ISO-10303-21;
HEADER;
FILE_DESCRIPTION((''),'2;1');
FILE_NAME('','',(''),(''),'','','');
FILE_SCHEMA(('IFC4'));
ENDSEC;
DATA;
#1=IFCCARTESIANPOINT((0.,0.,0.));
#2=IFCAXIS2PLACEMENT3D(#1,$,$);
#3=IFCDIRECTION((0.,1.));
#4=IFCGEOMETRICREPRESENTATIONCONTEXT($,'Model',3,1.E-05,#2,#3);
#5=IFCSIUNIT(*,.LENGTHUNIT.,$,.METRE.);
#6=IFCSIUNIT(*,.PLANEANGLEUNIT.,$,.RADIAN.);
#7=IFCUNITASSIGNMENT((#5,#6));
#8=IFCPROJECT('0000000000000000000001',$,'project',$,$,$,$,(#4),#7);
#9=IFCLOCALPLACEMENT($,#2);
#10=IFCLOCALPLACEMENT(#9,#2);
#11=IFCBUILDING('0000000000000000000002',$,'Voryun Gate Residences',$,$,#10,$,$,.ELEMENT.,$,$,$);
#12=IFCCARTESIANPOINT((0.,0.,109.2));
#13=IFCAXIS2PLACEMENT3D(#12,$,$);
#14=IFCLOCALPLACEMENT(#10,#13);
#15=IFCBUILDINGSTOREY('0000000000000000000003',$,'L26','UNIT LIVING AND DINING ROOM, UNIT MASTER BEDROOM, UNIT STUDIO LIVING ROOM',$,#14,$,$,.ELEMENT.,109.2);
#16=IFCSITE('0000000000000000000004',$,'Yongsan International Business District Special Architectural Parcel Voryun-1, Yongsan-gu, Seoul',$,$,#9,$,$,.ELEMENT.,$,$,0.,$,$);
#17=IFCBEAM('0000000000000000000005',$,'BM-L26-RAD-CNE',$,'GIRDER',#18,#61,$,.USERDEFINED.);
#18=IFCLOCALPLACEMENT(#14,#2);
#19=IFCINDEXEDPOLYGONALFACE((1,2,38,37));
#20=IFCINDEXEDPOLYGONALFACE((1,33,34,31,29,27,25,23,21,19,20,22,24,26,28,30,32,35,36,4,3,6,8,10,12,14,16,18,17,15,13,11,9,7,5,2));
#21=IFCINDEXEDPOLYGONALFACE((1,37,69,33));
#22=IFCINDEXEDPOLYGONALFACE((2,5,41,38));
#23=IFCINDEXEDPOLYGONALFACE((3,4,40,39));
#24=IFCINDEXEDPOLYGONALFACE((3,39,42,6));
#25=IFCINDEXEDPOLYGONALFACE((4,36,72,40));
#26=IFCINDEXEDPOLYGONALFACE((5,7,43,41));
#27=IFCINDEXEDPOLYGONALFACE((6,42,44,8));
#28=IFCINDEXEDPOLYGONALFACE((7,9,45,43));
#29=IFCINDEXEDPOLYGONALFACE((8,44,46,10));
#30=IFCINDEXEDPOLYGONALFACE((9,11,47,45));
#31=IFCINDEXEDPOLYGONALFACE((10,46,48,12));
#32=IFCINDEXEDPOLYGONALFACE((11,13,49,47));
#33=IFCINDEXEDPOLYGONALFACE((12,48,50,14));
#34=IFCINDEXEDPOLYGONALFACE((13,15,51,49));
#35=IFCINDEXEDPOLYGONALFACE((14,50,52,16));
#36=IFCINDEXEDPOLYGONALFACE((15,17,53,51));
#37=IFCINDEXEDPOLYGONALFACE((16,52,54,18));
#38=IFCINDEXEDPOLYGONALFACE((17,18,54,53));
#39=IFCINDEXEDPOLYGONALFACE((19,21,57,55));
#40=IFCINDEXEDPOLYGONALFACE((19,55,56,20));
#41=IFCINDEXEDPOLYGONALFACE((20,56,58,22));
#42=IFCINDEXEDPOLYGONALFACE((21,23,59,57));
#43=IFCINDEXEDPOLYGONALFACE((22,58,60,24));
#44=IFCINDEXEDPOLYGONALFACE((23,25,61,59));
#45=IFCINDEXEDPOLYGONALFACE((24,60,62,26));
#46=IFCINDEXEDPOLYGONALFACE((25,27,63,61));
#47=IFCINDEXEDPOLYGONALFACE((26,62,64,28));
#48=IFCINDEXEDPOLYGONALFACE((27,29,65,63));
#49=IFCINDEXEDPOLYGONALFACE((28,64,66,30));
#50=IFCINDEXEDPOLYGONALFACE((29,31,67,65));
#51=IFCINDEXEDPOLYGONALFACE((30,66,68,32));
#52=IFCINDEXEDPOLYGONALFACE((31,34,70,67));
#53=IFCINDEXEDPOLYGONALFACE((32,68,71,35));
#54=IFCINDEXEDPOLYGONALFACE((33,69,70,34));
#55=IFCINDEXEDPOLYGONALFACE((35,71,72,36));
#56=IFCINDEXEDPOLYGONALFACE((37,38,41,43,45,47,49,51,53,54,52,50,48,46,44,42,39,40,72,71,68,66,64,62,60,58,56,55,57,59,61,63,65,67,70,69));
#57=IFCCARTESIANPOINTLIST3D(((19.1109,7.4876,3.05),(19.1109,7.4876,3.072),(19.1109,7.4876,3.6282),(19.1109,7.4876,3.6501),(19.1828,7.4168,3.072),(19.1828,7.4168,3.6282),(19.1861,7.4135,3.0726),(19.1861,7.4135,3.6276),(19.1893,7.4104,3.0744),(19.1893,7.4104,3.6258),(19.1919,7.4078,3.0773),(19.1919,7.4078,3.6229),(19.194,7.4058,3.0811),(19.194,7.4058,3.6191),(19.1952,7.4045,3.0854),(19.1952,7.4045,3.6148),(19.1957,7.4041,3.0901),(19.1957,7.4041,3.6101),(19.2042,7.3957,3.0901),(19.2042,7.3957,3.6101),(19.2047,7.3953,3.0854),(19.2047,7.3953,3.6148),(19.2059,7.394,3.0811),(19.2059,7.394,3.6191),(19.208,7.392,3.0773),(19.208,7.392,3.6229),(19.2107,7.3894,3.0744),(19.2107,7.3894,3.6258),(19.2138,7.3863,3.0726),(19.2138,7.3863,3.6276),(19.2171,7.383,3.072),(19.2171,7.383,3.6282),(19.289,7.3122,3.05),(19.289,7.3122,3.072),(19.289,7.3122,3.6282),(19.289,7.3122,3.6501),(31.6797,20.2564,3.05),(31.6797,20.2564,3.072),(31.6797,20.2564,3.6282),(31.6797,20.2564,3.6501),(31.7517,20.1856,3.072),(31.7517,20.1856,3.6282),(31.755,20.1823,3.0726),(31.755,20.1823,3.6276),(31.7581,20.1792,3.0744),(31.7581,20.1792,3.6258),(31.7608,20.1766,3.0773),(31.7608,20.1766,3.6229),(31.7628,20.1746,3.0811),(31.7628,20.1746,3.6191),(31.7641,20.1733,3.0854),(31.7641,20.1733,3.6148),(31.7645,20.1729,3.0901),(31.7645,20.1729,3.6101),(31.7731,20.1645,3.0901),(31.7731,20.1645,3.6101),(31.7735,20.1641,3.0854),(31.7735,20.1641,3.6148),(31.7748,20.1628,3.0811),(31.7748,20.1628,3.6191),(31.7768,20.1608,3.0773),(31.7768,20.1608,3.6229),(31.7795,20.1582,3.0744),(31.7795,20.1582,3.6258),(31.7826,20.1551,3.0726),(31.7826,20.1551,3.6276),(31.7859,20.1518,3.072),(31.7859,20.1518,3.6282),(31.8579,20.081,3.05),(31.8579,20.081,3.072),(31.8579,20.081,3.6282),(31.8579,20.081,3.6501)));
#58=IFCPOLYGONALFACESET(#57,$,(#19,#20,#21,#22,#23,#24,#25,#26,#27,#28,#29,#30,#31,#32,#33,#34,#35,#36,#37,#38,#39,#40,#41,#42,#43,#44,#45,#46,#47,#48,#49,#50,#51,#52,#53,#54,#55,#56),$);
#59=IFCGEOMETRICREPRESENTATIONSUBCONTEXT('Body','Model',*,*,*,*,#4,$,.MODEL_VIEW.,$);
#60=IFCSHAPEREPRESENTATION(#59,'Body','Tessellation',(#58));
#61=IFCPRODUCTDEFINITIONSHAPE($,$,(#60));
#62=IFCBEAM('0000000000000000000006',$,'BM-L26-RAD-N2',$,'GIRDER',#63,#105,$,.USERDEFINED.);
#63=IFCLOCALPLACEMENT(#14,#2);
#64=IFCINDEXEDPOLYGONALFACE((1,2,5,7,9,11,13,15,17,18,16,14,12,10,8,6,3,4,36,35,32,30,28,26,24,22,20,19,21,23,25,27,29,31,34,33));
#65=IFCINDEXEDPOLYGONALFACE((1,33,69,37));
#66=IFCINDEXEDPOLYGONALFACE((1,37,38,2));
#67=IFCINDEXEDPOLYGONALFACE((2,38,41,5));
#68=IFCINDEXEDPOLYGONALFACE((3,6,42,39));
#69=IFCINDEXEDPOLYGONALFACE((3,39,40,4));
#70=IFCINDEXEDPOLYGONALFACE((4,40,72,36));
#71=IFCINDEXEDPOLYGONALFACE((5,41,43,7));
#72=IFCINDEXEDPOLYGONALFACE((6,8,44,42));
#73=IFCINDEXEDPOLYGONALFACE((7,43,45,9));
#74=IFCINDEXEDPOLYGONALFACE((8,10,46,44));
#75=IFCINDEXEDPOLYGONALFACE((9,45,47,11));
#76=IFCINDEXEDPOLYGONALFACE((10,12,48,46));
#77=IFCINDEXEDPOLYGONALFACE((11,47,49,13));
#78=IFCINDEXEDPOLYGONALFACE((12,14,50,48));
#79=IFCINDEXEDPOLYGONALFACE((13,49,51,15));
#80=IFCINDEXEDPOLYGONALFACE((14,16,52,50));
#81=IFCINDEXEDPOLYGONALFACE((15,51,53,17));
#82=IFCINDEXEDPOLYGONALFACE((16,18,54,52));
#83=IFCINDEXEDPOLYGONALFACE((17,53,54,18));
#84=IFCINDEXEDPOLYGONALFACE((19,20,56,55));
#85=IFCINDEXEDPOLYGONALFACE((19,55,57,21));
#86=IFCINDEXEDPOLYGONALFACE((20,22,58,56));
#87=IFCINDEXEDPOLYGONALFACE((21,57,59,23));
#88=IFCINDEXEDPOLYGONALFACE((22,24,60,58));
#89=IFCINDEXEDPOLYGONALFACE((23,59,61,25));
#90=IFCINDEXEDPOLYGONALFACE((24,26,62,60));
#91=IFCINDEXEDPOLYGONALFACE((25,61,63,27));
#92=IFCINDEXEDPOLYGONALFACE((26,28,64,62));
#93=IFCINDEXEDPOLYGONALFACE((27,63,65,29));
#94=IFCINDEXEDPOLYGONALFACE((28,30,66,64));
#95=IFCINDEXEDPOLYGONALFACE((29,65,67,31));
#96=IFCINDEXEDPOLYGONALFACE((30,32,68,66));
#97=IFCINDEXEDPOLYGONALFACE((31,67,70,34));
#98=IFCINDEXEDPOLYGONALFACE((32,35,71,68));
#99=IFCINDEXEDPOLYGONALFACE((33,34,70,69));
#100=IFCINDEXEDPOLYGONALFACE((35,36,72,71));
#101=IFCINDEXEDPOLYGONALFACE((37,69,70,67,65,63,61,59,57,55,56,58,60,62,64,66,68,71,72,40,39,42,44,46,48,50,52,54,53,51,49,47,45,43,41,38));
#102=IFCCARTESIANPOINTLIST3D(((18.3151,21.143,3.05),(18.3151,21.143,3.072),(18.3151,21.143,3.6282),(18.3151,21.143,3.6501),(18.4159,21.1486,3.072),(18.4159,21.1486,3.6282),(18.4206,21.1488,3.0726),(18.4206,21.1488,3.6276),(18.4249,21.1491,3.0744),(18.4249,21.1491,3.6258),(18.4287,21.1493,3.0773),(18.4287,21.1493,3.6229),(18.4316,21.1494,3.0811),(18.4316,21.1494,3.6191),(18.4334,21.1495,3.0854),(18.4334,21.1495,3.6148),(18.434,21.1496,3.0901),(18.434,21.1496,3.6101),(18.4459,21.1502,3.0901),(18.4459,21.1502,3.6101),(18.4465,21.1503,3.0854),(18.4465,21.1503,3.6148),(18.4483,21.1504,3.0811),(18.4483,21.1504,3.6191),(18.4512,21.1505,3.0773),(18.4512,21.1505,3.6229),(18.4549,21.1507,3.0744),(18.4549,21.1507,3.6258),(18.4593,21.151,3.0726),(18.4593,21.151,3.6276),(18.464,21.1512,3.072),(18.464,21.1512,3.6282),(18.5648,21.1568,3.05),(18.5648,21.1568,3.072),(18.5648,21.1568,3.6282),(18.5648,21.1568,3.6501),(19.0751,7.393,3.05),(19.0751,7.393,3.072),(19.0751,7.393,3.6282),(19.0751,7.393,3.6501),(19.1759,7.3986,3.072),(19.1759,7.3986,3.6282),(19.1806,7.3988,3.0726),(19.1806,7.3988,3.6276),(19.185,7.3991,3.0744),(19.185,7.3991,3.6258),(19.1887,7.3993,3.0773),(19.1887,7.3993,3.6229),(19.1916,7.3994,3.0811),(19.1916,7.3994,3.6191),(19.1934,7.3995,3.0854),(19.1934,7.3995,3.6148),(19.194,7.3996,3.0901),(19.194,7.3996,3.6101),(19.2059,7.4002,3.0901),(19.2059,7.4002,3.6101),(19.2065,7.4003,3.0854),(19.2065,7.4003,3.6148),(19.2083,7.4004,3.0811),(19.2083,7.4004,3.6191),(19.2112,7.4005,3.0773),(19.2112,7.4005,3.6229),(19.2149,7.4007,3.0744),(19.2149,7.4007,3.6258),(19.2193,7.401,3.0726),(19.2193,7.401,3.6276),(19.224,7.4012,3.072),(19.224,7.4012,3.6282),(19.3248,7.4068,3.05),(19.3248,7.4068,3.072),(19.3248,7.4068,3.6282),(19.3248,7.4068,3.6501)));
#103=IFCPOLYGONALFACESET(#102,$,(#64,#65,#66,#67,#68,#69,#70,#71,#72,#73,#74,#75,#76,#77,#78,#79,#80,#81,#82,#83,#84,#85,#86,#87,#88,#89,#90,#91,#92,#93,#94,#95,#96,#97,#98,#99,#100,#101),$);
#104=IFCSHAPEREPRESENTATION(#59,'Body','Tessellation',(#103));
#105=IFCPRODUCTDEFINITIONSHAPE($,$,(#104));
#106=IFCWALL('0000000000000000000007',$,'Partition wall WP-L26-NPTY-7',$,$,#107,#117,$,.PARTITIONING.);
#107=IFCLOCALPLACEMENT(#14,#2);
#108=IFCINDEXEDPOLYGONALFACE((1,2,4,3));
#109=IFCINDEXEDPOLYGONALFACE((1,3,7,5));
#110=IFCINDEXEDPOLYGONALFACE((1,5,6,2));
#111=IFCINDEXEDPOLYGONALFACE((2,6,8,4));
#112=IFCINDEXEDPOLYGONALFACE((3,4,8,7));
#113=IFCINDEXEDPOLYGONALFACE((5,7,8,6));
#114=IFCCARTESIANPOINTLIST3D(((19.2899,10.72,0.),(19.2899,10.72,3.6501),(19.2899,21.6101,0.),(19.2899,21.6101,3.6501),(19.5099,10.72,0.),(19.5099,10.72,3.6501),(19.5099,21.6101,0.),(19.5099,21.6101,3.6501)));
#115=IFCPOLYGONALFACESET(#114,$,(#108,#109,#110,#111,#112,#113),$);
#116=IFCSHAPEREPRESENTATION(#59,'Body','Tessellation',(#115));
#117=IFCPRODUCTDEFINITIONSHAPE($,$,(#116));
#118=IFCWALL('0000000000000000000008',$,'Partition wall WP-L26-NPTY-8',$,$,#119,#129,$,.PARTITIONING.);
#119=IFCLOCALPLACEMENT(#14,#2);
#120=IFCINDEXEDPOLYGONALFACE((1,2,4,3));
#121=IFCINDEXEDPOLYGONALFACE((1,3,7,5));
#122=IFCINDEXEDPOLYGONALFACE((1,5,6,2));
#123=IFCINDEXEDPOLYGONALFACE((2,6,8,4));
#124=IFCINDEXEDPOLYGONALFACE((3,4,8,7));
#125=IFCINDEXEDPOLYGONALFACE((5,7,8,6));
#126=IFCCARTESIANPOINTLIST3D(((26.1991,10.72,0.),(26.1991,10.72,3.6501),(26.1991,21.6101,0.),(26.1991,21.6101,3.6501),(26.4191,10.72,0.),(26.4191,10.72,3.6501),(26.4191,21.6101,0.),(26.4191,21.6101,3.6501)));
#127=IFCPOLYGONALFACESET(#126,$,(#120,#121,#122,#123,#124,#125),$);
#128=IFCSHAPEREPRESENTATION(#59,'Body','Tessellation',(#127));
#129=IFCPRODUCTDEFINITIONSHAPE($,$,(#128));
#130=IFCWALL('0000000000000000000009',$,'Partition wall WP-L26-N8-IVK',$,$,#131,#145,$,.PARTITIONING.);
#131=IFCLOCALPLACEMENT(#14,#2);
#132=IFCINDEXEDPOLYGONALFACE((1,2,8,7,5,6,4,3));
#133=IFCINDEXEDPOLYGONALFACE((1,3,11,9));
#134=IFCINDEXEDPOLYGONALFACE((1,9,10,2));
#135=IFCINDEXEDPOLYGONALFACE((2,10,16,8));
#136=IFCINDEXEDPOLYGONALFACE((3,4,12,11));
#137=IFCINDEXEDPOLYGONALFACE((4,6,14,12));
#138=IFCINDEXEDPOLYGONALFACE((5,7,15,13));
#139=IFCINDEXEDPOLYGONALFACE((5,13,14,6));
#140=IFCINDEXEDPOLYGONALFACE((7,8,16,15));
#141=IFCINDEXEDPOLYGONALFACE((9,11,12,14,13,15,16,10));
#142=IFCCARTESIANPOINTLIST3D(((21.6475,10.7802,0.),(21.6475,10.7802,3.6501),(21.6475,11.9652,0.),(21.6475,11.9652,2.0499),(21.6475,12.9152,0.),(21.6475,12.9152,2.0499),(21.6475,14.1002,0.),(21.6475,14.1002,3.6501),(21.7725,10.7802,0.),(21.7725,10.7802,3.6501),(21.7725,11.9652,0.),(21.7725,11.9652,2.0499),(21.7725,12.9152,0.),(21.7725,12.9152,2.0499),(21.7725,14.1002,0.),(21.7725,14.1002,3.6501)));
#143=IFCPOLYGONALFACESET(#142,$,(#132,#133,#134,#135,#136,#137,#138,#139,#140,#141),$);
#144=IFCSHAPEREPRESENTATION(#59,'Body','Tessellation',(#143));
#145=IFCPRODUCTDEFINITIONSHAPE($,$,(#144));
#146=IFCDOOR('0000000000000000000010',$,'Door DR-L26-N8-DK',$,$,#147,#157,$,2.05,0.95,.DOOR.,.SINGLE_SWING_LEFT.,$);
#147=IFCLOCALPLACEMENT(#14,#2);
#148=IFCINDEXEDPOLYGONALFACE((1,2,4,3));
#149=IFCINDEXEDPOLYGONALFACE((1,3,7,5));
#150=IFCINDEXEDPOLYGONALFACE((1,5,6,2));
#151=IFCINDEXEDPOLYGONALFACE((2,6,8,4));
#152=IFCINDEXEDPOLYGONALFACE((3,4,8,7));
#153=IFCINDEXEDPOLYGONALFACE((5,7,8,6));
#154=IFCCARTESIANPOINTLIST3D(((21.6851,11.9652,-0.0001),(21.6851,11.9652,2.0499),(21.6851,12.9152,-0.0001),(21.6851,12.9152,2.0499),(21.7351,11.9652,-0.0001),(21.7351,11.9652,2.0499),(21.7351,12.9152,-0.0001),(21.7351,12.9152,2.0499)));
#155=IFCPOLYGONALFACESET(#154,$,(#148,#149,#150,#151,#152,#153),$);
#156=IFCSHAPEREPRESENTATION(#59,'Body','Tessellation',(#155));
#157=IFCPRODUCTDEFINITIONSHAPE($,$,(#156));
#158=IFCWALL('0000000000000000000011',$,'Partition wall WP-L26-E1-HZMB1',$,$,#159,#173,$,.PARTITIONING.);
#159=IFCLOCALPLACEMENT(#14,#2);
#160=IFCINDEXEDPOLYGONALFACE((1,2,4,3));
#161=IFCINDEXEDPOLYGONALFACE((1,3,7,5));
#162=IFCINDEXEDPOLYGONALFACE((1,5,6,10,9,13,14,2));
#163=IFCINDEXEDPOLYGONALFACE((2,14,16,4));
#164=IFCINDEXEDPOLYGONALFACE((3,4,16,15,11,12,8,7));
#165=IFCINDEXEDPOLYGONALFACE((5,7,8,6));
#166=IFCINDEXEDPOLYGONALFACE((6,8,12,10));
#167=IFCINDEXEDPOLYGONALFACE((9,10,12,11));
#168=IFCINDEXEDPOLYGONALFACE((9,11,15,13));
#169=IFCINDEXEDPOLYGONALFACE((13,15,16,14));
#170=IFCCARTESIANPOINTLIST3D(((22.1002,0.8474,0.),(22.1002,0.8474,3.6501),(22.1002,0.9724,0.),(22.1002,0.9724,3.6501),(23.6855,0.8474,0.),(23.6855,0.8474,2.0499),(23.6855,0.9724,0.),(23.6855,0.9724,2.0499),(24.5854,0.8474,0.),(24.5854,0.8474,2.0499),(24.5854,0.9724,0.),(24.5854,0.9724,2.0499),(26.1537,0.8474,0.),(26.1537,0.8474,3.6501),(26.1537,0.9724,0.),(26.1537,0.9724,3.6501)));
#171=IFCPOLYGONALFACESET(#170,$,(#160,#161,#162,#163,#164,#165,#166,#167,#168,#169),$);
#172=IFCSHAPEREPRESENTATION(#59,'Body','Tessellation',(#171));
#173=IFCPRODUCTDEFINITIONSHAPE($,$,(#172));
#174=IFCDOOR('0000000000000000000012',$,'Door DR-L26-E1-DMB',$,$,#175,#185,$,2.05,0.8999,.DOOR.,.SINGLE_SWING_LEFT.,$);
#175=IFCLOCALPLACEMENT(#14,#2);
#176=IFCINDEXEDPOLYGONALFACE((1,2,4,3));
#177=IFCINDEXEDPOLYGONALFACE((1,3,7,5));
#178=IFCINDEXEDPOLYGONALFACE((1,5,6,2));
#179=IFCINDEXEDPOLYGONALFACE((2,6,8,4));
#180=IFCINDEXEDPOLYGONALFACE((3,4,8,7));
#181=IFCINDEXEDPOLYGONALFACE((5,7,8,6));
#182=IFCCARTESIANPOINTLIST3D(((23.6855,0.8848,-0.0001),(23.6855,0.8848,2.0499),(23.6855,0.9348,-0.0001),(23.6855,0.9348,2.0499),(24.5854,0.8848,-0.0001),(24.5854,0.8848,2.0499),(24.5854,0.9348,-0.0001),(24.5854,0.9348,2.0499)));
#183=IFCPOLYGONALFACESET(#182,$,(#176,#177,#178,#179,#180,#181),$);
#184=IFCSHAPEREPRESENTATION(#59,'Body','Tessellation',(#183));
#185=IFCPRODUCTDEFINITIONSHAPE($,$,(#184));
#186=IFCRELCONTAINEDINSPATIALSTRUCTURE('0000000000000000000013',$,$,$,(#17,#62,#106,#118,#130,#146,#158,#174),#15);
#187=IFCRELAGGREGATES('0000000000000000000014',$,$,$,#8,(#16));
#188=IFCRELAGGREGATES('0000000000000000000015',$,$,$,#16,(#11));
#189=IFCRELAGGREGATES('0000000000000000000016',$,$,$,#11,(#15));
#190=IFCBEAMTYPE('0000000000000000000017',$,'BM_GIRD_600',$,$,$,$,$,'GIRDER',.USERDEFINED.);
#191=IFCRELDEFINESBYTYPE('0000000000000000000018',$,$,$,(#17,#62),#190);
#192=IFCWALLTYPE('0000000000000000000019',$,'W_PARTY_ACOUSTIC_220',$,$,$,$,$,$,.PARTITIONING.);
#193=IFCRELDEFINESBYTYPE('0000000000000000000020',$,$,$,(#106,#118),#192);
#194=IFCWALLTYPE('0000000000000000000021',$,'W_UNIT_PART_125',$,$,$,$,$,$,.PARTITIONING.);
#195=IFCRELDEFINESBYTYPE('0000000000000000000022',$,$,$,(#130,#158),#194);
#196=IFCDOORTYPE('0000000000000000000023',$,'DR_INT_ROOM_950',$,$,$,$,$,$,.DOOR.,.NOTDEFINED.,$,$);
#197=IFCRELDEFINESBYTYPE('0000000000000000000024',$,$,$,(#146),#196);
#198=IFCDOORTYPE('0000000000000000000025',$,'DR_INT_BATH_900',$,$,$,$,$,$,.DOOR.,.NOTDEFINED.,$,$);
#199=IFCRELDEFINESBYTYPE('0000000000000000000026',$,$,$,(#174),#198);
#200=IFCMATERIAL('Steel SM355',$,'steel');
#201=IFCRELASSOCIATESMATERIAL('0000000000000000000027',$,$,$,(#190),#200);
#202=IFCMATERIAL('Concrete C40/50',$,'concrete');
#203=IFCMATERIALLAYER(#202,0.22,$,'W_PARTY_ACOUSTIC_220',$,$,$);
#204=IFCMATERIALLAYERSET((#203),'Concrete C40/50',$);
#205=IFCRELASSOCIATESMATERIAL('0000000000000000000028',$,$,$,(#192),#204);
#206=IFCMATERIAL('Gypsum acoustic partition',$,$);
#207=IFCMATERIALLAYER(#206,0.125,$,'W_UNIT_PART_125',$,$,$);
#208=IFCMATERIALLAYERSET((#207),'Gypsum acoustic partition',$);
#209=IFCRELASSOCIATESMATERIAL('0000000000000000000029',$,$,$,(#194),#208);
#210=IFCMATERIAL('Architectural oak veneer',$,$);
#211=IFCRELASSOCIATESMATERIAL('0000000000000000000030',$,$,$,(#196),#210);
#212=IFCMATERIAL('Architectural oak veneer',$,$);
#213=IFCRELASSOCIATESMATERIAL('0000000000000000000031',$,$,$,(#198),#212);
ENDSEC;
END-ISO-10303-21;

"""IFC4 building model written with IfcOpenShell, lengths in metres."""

from ifc_helpers import new_model, si_unit, direction, frame, frame_2d, origin, origin_2d, place, context, subcontext, project, spatial, rectangle, i_section, extrude, material, layer, layer_set, material_profile, profile_set, type_object, element, fill, save


model = new_model("IFC4")

# Units and contexts
model_context = context("Model", 3, precision=1e-05, world=origin(), true_north=direction((0.0, 1.0)))
body_context = subcontext(model_context, "Body", "Model", "MODEL_VIEW")
ifc_project = project(units=[si_unit("LENGTHUNIT", "METRE"), si_unit("PLANEANGLEUNIT", "RADIAN")], contexts=[model_context])

# Site, building, storey
site_placement = place(None, origin())
site = spatial("IfcSite", under=ifc_project, at=site_placement, Name="Yongsan International Business District Special Architectural Parcel Voryun-1, Yongsan-gu, Seoul", CompositionType="ELEMENT", RefElevation=0.0)
building_placement = place(site_placement, origin())
building = spatial("IfcBuilding", under=site, at=building_placement, Name="Voryun Gate Residences", CompositionType="ELEMENT")
storey_placement = place(building_placement, frame((0.0, 0.0, 109.2)))
storey = spatial("IfcBuildingStorey", under=building, at=storey_placement, Name="L26", Description="UNIT LIVING AND DINING ROOM, UNIT MASTER BEDROOM, UNIT STUDIO LIVING ROOM", CompositionType="ELEMENT", Elevation=109.2)

# Beams
ifc_material_1 = material(Name="Steel SM355", Category="steel")
ifc_material_profile_1 = material_profile(ifc_material_1, i_section(OverallWidth=0.25, OverallDepth=0.6001, WebThickness=0.012, FlangeThickness=0.022, FilletRadius=0.0181, at=origin_2d()), Name="H-600x250x12x22")
ifc_profile_set_1 = profile_set([ifc_material_profile_1], Name="Steel SM355")
beam_type_1 = type_object("IfcBeamType", Name="BM_GIRD_600", ElementType="GIRDER", PredefinedType="USERDEFINED", material=ifc_profile_set_1)
beam_1_placement = place(storey_placement, frame((19.2, 7.3999, 3.3501), z_axis=(0.701505, 0.712665, 0.0), x_axis=(-0.712665, 0.701505, 0.0)))
element("IfcBeam", 1, at=beam_1_placement, inside=storey, type_object=beam_type_1, Name="BM-L26-RAD-CNE", ObjectType="GIRDER", PredefinedType="USERDEFINED", context=body_context, shape_type="SweptSolid", body=[
    extrude(i_section(OverallWidth=0.25, OverallDepth=0.6001, WebThickness=0.012, FlangeThickness=0.022, FilletRadius=0.0181, at=origin_2d()), origin(), (0.0, 0.0, 1.0), 17.917),
])
beam_2_placement = place(storey_placement, frame((19.2, 7.3999, 3.3501), z_axis=(-0.055189, 0.998476, 0.0), x_axis=(-0.998476, -0.055189, 0.0)))
element("IfcBeam", 2, at=beam_2_placement, inside=storey, type_object=beam_type_1, Name="BM-L26-RAD-N2", ObjectType="GIRDER", PredefinedType="USERDEFINED", context=body_context, shape_type="SweptSolid", body=[
    extrude(i_section(OverallWidth=0.25, OverallDepth=0.6001, WebThickness=0.012, FlangeThickness=0.022, FilletRadius=0.0181, at=origin_2d()), origin(), (0.0, 0.0, 1.0), 13.771),
])

# Walls
ifc_material_2 = material(Name="Concrete C40/50", Category="concrete")
ifc_layer_1 = layer(ifc_material_2, 0.22, Name="W_PARTY_ACOUSTIC_220")
ifc_layer_set_1 = layer_set([ifc_layer_1], Name="Concrete C40/50")
wall_type_1 = type_object("IfcWallType", Name="W_PARTY_ACOUSTIC_220", PredefinedType="PARTITIONING", material=ifc_layer_set_1)
for number, where, z_axis, x_axis, name in (
    (3, (19.3999, 10.72, 0.0), (0.0, 0.0, 1.0), (0.0, 1.0, 0.0), "Partition wall WP-L26-NPTY-7"),
    (4, (26.3091, 10.72, 0.0), (0.0, 0.0, 1.0), (0.0, 1.0, 0.0), "Partition wall WP-L26-NPTY-8"),
):
    element("IfcWall", number, at=place(storey_placement, frame(where, z_axis=z_axis, x_axis=x_axis)), inside=storey, type_object=wall_type_1, Name=name, PredefinedType="PARTITIONING", context=body_context, shape_type="SweptSolid", body=[
        extrude(rectangle(XDim=10.8901, YDim=0.22, at=frame_2d((5.4451, 0.0))), origin(), (0.0, 0.0, 1.0), 3.6501),
    ])

# Walls, openings, doors
ifc_material_3 = material(Name="Gypsum acoustic partition")
ifc_layer_2 = layer(ifc_material_3, 0.125, Name="W_UNIT_PART_125")
ifc_layer_set_2 = layer_set([ifc_layer_2], Name="Gypsum acoustic partition")
wall_type_2 = type_object("IfcWallType", Name="W_UNIT_PART_125", PredefinedType="PARTITIONING", material=ifc_layer_set_2)
wall_1_placement = place(storey_placement, frame((21.71, 10.78, 0.0), z_axis=(0.0, 0.0, 1.0), x_axis=(0.0, 1.0, 0.0)))
wall_1 = element("IfcWall", 5, at=wall_1_placement, inside=storey, type_object=wall_type_2, Name="Partition wall WP-L26-N8-IVK", PredefinedType="PARTITIONING", context=body_context, shape_type="SweptSolid", body=[
    extrude(rectangle(XDim=3.3201, YDim=0.125, at=frame_2d((1.6602, 0.0))), origin(), (0.0, 0.0, 1.0), 3.6501),
])
opening_1_placement = place(wall_1_placement, frame((1.1851, 0.0, 0.0)))
opening_1 = element("IfcOpeningElement", 6, at=opening_1_placement, cuts=wall_1, PredefinedType="OPENING", context=body_context, shape_type="SweptSolid", body=[
    extrude(rectangle(XDim=0.95, YDim=2.05, at=frame_2d((0.4751, 1.0249))), frame((0.0, 0.0725, 0.0), z_axis=(0.0, -1.0, 0.0), x_axis=(1.0, 0.0, 0.0)), (0.0, 0.0, 1.0), 0.145),
])
ifc_material_4 = material(Name="Architectural oak veneer")
door_type_1 = type_object("IfcDoorType", Name="DR_INT_ROOM_950", OperationType="NOTDEFINED", PredefinedType="DOOR", material=ifc_material_4)
door_1_placement = place(opening_1_placement, origin())
door_1 = element("IfcDoor", 7, at=door_1_placement, inside=storey, type_object=door_type_1, Name="Door DR-L26-N8-DK", OperationType="SINGLE_SWING_LEFT", OverallHeight=2.05, OverallWidth=0.95, PredefinedType="DOOR", context=body_context, shape_type="SweptSolid", body=[
    extrude(rectangle(XDim=0.95, YDim=2.05, at=frame_2d((0.4751, 1.0249))), frame((0.0, 0.0249, 0.0), z_axis=(0.0, -1.0, 0.0), x_axis=(1.0, 0.0, 0.0)), (0.0, 0.0, 1.0), 0.05),
])
fill(opening_1, door_1)
wall_2_placement = place(storey_placement, frame((22.1001, 0.9099, 0.0), z_axis=(0.0, 0.0, 1.0), x_axis=(1.0, 0.0, 0.0)))
wall_2 = element("IfcWall", 8, at=wall_2_placement, inside=storey, type_object=wall_type_2, Name="Partition wall WP-L26-E1-HZMB1", PredefinedType="PARTITIONING", context=body_context, shape_type="SweptSolid", body=[
    extrude(rectangle(XDim=4.0535, YDim=0.125, at=frame_2d((2.0269, 0.0))), origin(), (0.0, 0.0, 1.0), 3.6501),
])
opening_2_placement = place(wall_2_placement, frame((1.5854, 0.0, 0.0)))
opening_2 = element("IfcOpeningElement", 9, at=opening_2_placement, cuts=wall_2, PredefinedType="OPENING", context=body_context, shape_type="SweptSolid", body=[
    extrude(rectangle(XDim=0.8999, YDim=2.05, at=frame_2d((0.45, 1.0249))), frame((0.0, 0.0725, 0.0), z_axis=(0.0, -1.0, 0.0), x_axis=(1.0, 0.0, 0.0)), (0.0, 0.0, 1.0), 0.145),
])
ifc_material_5 = material(Name="Architectural oak veneer")
door_type_2 = type_object("IfcDoorType", Name="DR_INT_BATH_900", OperationType="NOTDEFINED", PredefinedType="DOOR", material=ifc_material_5)
door_2_placement = place(opening_2_placement, origin())
door_2 = element("IfcDoor", 10, at=door_2_placement, inside=storey, type_object=door_type_2, Name="Door DR-L26-E1-DMB", OperationType="SINGLE_SWING_LEFT", OverallHeight=2.05, OverallWidth=0.8999, PredefinedType="DOOR", context=body_context, shape_type="SweptSolid", body=[
    extrude(rectangle(XDim=0.8999, YDim=2.05, at=frame_2d((0.45, 1.0249))), frame((0.0, 0.0249, 0.0), z_axis=(0.0, -1.0, 0.0), x_axis=(1.0, 0.0, 0.0)), (0.0, 0.0, 1.0), 0.05),
])
fill(opening_2, door_2)

save(model, "model.ifc")
